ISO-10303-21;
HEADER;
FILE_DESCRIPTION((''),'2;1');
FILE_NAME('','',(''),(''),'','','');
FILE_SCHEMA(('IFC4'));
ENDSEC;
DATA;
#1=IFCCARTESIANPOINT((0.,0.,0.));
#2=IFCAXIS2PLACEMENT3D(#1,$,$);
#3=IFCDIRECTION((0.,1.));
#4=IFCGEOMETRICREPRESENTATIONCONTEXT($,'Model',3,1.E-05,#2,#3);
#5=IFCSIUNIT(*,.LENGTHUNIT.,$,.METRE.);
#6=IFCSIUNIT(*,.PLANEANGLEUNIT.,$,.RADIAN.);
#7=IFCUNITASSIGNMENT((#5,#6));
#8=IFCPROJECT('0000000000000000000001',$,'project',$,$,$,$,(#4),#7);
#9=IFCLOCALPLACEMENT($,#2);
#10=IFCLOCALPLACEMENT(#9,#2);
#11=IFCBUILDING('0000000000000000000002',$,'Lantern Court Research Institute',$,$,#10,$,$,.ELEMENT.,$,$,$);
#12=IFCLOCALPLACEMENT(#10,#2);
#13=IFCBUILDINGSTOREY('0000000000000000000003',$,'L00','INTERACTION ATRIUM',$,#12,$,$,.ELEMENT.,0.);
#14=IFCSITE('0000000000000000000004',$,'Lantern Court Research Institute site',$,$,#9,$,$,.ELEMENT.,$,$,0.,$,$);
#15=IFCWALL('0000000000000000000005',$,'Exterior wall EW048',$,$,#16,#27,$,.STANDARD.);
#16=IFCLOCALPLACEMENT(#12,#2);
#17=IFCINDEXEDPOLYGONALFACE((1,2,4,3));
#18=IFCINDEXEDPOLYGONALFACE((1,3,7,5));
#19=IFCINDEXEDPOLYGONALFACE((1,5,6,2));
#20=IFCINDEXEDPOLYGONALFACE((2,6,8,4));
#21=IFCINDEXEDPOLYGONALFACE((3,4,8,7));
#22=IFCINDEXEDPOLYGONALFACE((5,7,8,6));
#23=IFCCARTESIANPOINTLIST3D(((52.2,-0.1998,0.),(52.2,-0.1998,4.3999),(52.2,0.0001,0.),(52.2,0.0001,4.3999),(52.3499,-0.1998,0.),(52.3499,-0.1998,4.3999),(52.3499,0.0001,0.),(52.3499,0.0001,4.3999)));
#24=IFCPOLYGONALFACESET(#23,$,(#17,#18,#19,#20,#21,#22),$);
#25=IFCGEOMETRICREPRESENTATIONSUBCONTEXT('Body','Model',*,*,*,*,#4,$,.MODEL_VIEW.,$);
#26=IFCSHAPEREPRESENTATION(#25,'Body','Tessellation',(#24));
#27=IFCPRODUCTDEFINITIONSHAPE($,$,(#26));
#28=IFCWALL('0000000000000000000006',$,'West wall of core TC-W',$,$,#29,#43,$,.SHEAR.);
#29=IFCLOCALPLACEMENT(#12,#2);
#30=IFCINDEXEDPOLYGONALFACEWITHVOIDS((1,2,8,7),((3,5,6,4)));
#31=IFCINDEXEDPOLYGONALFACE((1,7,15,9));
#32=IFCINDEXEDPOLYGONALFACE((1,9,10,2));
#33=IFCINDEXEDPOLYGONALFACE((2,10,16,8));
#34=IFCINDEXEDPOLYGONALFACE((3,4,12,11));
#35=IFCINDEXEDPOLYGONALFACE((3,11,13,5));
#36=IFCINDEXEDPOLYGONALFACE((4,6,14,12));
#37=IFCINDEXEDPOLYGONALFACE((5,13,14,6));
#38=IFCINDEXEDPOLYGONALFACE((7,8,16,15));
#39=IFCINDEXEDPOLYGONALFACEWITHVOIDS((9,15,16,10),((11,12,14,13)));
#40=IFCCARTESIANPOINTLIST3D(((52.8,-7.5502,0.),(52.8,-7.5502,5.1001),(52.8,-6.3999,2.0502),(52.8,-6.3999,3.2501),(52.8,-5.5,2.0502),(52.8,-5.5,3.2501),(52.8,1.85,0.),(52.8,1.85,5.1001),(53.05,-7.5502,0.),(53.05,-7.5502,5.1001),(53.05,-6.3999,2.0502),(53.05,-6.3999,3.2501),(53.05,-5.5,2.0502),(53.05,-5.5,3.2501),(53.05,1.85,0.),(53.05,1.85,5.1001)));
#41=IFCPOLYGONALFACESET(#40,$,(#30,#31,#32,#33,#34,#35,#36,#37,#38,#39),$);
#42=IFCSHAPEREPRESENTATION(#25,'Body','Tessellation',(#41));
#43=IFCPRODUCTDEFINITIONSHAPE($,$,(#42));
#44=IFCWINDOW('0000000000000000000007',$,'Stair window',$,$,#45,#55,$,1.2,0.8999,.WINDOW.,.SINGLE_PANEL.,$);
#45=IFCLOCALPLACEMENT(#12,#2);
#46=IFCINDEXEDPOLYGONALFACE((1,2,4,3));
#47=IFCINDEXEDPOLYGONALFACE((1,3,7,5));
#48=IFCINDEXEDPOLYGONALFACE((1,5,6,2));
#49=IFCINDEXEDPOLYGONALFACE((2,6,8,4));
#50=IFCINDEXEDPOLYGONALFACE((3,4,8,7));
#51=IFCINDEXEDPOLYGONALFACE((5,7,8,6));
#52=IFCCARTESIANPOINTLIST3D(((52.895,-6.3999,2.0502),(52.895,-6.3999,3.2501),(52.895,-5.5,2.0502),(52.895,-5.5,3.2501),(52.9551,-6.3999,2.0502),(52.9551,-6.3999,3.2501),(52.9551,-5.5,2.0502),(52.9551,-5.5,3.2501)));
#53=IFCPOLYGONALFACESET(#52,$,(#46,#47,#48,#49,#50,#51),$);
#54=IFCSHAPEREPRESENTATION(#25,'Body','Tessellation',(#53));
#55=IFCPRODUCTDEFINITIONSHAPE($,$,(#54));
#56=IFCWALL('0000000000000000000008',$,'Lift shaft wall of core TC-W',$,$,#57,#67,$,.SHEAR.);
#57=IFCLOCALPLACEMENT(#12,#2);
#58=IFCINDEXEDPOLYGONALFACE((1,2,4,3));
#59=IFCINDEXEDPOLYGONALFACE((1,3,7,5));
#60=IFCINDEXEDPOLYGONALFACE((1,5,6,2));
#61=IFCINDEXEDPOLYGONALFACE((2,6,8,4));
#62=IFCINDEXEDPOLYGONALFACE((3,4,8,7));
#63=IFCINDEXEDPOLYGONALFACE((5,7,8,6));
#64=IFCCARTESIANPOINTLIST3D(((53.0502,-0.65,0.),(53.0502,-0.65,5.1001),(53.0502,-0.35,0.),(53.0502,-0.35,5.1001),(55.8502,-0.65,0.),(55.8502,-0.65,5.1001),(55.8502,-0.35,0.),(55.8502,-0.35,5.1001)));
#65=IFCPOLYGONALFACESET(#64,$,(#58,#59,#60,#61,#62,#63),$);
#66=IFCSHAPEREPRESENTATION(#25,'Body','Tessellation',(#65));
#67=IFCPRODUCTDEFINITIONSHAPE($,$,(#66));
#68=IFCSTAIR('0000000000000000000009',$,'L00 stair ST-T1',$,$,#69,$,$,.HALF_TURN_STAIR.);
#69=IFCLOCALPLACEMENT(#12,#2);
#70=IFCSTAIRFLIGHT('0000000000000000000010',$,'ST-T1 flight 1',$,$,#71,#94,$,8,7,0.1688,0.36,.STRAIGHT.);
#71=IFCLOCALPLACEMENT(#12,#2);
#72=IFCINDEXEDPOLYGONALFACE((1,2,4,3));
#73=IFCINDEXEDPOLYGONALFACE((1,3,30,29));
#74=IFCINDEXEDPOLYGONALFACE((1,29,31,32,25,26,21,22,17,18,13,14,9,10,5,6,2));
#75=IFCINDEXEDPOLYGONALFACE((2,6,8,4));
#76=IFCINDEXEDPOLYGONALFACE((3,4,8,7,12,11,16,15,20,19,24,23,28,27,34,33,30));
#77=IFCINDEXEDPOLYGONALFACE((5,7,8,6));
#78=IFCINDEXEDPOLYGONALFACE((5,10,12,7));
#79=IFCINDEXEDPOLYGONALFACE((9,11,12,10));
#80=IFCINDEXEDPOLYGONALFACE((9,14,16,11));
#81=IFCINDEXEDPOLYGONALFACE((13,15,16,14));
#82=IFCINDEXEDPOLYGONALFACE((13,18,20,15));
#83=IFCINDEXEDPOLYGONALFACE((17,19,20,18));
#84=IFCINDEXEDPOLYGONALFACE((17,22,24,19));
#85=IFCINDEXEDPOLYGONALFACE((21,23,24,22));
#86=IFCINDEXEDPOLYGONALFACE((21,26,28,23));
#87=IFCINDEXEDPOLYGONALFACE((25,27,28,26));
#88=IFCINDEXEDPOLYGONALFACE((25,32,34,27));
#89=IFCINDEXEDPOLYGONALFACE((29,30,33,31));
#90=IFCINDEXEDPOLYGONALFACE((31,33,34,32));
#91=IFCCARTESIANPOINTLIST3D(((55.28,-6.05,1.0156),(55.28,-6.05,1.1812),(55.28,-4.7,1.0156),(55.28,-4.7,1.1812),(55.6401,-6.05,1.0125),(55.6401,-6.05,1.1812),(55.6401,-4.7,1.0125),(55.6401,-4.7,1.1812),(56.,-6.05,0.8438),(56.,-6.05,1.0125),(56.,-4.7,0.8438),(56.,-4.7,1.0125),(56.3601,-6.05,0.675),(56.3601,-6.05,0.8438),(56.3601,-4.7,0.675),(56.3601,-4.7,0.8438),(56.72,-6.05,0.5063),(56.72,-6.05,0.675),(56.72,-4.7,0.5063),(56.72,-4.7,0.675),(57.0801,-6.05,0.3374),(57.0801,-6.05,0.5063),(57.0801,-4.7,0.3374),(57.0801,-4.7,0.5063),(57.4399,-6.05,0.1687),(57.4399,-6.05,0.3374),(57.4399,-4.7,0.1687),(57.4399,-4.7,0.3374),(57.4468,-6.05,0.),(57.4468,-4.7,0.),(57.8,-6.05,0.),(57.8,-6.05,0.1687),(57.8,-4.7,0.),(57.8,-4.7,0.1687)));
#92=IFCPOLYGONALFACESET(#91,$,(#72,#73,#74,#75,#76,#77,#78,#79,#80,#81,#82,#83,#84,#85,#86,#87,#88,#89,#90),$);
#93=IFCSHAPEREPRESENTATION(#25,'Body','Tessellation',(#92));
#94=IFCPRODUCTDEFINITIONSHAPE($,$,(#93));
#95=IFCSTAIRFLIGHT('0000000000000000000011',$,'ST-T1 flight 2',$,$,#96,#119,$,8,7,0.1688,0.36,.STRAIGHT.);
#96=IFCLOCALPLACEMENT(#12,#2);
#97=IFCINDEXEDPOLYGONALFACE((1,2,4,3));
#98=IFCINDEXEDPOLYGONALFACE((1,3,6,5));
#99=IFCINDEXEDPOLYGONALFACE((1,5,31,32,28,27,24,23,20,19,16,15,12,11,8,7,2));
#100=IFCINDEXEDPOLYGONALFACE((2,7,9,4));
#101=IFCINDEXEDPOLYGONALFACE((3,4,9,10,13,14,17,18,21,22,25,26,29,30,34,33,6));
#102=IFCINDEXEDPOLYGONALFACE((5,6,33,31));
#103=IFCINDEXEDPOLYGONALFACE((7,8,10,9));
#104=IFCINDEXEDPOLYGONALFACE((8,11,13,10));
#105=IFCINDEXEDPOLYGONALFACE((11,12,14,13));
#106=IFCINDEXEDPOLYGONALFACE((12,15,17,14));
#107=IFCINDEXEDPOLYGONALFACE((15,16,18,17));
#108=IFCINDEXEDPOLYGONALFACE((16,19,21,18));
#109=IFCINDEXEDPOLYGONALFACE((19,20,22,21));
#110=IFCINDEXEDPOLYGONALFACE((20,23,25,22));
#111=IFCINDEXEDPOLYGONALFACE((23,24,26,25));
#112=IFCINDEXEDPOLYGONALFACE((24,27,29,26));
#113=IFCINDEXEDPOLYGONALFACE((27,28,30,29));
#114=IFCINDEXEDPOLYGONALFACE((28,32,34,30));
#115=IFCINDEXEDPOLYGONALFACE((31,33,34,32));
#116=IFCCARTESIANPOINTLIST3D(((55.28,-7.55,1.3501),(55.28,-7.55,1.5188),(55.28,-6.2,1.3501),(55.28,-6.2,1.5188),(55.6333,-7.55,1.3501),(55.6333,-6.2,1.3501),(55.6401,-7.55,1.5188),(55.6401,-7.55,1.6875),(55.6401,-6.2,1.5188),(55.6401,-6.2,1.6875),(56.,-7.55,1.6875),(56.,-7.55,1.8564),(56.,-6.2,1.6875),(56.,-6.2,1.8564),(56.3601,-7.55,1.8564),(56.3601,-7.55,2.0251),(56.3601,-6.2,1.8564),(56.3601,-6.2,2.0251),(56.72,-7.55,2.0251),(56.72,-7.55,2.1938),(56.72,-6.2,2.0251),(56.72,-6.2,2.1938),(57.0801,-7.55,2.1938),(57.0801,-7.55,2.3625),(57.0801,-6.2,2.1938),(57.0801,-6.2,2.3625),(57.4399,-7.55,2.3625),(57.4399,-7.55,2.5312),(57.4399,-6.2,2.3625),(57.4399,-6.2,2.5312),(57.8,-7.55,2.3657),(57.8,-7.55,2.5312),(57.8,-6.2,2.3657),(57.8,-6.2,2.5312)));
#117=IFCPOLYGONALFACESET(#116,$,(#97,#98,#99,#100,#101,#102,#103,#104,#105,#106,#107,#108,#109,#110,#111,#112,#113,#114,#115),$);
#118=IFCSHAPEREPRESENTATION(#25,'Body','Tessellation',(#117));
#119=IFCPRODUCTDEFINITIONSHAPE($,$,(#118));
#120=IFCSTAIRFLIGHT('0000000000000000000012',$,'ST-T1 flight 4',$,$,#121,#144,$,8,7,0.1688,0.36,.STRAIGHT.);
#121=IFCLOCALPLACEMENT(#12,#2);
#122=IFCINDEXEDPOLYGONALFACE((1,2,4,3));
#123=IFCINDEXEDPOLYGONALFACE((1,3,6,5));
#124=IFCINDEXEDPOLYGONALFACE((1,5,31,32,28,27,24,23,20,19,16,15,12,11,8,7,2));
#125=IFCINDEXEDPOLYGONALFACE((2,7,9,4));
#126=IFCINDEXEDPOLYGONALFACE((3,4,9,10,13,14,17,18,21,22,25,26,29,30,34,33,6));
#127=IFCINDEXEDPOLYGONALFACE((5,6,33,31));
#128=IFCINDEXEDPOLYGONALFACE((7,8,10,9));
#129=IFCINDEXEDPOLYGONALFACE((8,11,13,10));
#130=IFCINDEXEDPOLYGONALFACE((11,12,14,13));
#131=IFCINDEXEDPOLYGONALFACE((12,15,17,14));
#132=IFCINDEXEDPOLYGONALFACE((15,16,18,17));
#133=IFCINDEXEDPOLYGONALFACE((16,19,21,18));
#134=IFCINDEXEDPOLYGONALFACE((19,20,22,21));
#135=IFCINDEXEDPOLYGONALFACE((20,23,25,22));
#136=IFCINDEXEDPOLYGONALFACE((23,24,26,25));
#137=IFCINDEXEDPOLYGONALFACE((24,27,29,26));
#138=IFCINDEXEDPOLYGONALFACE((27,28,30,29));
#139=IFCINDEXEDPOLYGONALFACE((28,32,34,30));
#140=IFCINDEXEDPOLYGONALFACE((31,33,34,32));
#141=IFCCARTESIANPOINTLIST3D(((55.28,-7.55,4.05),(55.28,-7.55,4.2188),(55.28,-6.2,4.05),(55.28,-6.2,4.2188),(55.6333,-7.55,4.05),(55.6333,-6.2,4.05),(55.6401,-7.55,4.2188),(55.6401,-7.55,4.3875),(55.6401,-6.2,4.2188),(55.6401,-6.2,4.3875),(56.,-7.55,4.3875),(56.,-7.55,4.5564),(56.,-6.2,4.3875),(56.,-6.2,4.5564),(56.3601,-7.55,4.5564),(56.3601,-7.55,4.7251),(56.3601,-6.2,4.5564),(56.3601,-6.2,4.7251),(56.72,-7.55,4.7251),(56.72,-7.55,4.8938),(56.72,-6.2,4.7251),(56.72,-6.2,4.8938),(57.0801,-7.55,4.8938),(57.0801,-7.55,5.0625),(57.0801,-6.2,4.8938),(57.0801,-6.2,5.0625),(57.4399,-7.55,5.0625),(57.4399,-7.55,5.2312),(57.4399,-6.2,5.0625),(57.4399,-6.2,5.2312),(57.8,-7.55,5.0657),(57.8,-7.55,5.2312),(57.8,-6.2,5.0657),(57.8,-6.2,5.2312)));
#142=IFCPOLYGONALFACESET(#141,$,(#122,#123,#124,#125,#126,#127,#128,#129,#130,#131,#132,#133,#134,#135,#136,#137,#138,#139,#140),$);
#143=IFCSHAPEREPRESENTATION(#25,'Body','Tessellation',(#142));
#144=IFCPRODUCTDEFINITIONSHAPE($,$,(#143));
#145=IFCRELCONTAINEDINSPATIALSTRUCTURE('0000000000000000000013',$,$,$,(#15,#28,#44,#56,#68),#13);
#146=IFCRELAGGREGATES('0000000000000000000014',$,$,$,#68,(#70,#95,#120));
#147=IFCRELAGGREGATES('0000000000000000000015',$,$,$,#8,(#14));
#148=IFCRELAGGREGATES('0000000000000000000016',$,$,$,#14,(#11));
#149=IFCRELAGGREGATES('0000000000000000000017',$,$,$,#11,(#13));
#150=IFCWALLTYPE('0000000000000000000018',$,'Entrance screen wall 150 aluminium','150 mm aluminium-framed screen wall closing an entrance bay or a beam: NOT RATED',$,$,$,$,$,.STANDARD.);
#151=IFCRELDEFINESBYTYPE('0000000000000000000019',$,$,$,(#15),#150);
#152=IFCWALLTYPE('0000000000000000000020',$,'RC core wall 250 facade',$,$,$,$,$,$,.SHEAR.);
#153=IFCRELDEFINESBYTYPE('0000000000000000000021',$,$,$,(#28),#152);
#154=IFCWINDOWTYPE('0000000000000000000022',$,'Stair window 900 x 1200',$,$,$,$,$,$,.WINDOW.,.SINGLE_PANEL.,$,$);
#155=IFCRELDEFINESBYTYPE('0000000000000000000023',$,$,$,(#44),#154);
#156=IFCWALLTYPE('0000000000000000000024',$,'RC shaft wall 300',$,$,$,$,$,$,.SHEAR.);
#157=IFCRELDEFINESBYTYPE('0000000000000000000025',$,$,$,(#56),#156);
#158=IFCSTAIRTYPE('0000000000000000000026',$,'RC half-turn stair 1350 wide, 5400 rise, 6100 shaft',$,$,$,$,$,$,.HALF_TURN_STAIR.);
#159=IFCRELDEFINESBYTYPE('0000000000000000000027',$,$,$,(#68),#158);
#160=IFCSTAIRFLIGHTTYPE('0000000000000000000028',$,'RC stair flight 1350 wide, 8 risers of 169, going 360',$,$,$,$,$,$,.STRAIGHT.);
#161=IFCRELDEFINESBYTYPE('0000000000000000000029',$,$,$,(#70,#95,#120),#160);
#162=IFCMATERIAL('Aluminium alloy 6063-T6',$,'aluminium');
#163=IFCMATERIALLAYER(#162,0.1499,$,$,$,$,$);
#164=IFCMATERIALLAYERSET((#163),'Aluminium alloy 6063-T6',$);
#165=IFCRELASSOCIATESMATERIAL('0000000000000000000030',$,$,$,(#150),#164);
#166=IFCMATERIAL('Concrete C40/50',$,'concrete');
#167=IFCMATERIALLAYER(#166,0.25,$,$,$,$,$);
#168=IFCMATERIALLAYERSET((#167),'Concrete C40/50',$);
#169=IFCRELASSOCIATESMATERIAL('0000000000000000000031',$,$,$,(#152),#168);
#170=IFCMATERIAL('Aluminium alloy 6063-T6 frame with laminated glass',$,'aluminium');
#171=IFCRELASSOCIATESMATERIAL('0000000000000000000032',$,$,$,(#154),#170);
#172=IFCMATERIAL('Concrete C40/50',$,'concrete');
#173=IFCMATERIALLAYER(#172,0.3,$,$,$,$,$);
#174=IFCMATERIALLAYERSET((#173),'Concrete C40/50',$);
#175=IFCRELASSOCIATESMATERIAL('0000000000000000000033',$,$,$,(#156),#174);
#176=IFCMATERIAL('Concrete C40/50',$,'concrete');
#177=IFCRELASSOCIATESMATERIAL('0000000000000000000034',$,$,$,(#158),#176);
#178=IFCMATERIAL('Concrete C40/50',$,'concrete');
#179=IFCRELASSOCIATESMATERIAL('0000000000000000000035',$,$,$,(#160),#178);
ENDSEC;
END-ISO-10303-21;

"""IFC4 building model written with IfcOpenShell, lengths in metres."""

from ifc_helpers import new_model, si_unit, direction, frame, frame_2d, origin, place, context, subcontext, project, spatial, polyline, rectangle, outline, extrude, material, layer, layer_set, type_object, element, fill, aggregate, save


model = new_model("IFC4")

# Units and contexts
model_context = context("Model", 3, precision=1e-05, world=origin(), true_north=direction((0.0, 1.0)))
body_context = subcontext(model_context, "Body", "Model", "MODEL_VIEW")
ifc_project = project(units=[si_unit("LENGTHUNIT", "METRE"), si_unit("PLANEANGLEUNIT", "RADIAN")], contexts=[model_context])

# Site, building, storey
site_placement = place(None, origin())
site = spatial("IfcSite", under=ifc_project, at=site_placement, Name="Lantern Court Research Institute site", CompositionType="ELEMENT", RefElevation=0.0)
building_placement = place(site_placement, origin())
building = spatial("IfcBuilding", under=site, at=building_placement, Name="Lantern Court Research Institute", CompositionType="ELEMENT")
storey_placement = place(building_placement, origin())
storey = spatial("IfcBuildingStorey", under=building, at=storey_placement, Name="L00", Description="INTERACTION ATRIUM", CompositionType="ELEMENT", Elevation=0.0)

# Wall
ifc_material_1 = material(Name="Aluminium alloy 6063-T6", Category="aluminium")
ifc_layer_1 = layer(ifc_material_1, 0.1499)
ifc_layer_set_1 = layer_set([ifc_layer_1], Name="Aluminium alloy 6063-T6")
wall_type_1 = type_object("IfcWallType", Name="Entrance screen wall 150 aluminium", Description="150 mm aluminium-framed screen wall closing an entrance bay or a beam: NOT RATED", PredefinedType="STANDARD", material=ifc_layer_set_1)
wall_1_placement = place(storey_placement, frame((52.2749, -0.2, 0.0), z_axis=(0.0, 0.0, 1.0), x_axis=(0.0, 1.0, 0.0)))
element("IfcWall", 1, at=wall_1_placement, inside=storey, type_object=wall_type_1, Name="Exterior wall EW048", PredefinedType="STANDARD", context=body_context, shape_type="SweptSolid", body=[
    extrude(rectangle(XDim=0.2, YDim=0.1499, at=frame_2d((0.1001, 0.0))), origin(), (0.0, 0.0, 1.0), 4.3999),
])

# Wall, opening, window
ifc_material_2 = material(Name="Concrete C40/50", Category="concrete")
ifc_layer_2 = layer(ifc_material_2, 0.25)
ifc_layer_set_2 = layer_set([ifc_layer_2], Name="Concrete C40/50")
wall_type_2 = type_object("IfcWallType", Name="RC core wall 250 facade", PredefinedType="SHEAR", material=ifc_layer_set_2)
wall_2_placement = place(storey_placement, frame((52.925, 1.8501, 0.0), z_axis=(0.0, 0.0, 1.0), x_axis=(0.0, -1.0, 0.0)))
wall_2 = element("IfcWall", 2, at=wall_2_placement, inside=storey, type_object=wall_type_2, Name="West wall of core TC-W", PredefinedType="SHEAR", context=body_context, shape_type="SweptSolid", body=[
    extrude(rectangle(XDim=9.4001, YDim=0.25, at=frame_2d((4.7002, 0.0))), origin(), (0.0, 0.0, 1.0), 5.1001),
])
opening_1_placement = place(wall_2_placement, frame((7.3501, 0.0, 2.05)))
opening_1 = element("IfcOpeningElement", 3, at=opening_1_placement, cuts=wall_2, PredefinedType="OPENING", context=body_context, shape_type="SweptSolid", body=[
    extrude(rectangle(XDim=0.8999, YDim=1.2, at=frame_2d((0.45, 0.6001))), frame((0.0, 0.135, 0.0), z_axis=(0.0, -1.0, 0.0), x_axis=(1.0, 0.0, 0.0)), (0.0, 0.0, 1.0), 0.27),
])
ifc_material_3 = material(Name="Aluminium alloy 6063-T6 frame with laminated glass", Category="aluminium")
window_type = type_object("IfcWindowType", Name="Stair window 900 x 1200", PartitioningType="SINGLE_PANEL", PredefinedType="WINDOW", material=ifc_material_3)
window_placement = place(opening_1_placement, origin())
window = element("IfcWindow", 4, at=window_placement, inside=storey, type_object=window_type, Name="Stair window", OverallHeight=1.2, OverallWidth=0.8999, PartitioningType="SINGLE_PANEL", PredefinedType="WINDOW", context=body_context, shape_type="SweptSolid", body=[
    extrude(rectangle(XDim=0.8999, YDim=1.2, at=frame_2d((0.45, 0.6001))), frame((0.0, 0.03, 0.0), z_axis=(0.0, -1.0, 0.0), x_axis=(1.0, 0.0, 0.0)), (0.0, 0.0, 1.0), 0.0601),
])
fill(opening_1, window)

# Shared definitions
ifc_material_4 = material(Name="Concrete C40/50", Category="concrete")
ifc_layer_3 = layer(ifc_material_4, 0.3)
ifc_layer_set_3 = layer_set([ifc_layer_3], Name="Concrete C40/50")
wall_type_3 = type_object("IfcWallType", Name="RC shaft wall 300", PredefinedType="SHEAR", material=ifc_layer_set_3)

# Wall
wall_3_placement = place(storey_placement, frame((55.8501, -0.5, 0.0), z_axis=(0.0, 0.0, 1.0), x_axis=(-1.0, 0.0, 0.0)))
element("IfcWall", 5, at=wall_3_placement, inside=storey, type_object=wall_type_3, Name="Lift shaft wall of core TC-W", PredefinedType="SHEAR", context=body_context, shape_type="SweptSolid", body=[
    extrude(rectangle(XDim=2.8, YDim=0.3, at=frame_2d((1.3999, 0.0))), origin(), (0.0, 0.0, 1.0), 5.1001),
])

# Stair, stair flights
ifc_material_5 = material(Name="Concrete C40/50", Category="concrete")
stair_type = type_object("IfcStairType", Name="RC half-turn stair 1350 wide, 5400 rise, 6100 shaft", PredefinedType="HALF_TURN_STAIR", material=ifc_material_5)
stair_placement = place(storey_placement, origin())
stair = element("IfcStair", 6, at=stair_placement, inside=storey, type_object=stair_type, Name="L00 stair ST-T1", PredefinedType="HALF_TURN_STAIR")
ifc_material_6 = material(Name="Concrete C40/50", Category="concrete")
stair_flight_type = type_object("IfcStairFlightType", Name="RC stair flight 1350 wide, 8 risers of 169, going 360", PredefinedType="STRAIGHT", material=ifc_material_6)
stair_flight_1_placement = place(storey_placement, frame((57.8, -5.375, 0.0), z_axis=(0.0, 0.0, 1.0), x_axis=(-1.0, 0.0, 0.0)))
stair_flight_1 = element("IfcStairFlight", 7, at=stair_flight_1_placement, type_object=stair_flight_type, Name="ST-T1 flight 1", NumberOfRisers=8, NumberOfTreads=7, PredefinedType="STRAIGHT", RiserHeight=0.1688, TreadLength=0.36, context=body_context, shape_type="SweptSolid", body=[
    extrude(outline(polyline([(0.0, 0.0), (0.0, 0.1687), (0.3601, 0.1687), (0.3601, 0.3374), (0.72, 0.3374), (0.72, 0.5063), (1.0801, 0.5063), (1.0801, 0.675), (1.4399, 0.675), (1.4399, 0.8438), (1.8, 0.8438), (1.8, 1.0125), (2.1599, 1.0125), (2.1599, 1.1812), (2.52, 1.1812), (2.52, 1.3501), (2.52, 1.0156), (0.3533, 0.0), (0.0, 0.0)])), frame((0.0, 0.675, 0.0), z_axis=(0.0, -1.0, 0.0), x_axis=(1.0, 0.0, 0.0)), (0.0, 0.0, 1.0), 1.3501),
])
stair_flight_2_placement = place(storey_placement, frame((55.28, -6.875, 1.3501), z_axis=(0.0, 0.0, 1.0), x_axis=(1.0, 0.0, 0.0)))
stair_flight_2 = element("IfcStairFlight", 8, at=stair_flight_2_placement, type_object=stair_flight_type, Name="ST-T1 flight 2", NumberOfRisers=8, NumberOfTreads=7, PredefinedType="STRAIGHT", RiserHeight=0.1688, TreadLength=0.36, context=body_context, shape_type="SweptSolid", body=[
    extrude(outline(polyline([(0.0, 0.0), (0.0, 0.1687), (0.3601, 0.1687), (0.3601, 0.3374), (0.72, 0.3374), (0.72, 0.5063), (1.0801, 0.5063), (1.0801, 0.675), (1.4399, 0.675), (1.4399, 0.8438), (1.8, 0.8438), (1.8, 1.0125), (2.1599, 1.0125), (2.1599, 1.1812), (2.52, 1.1812), (2.52, 1.3501), (2.52, 1.0156), (0.3533, 0.0), (0.0, 0.0)])), frame((0.0, 0.675, 0.0), z_axis=(0.0, -1.0, 0.0), x_axis=(1.0, 0.0, 0.0)), (0.0, 0.0, 1.0), 1.3501),
])
stair_flight_3_placement = place(storey_placement, frame((55.28, -6.875, 4.05), z_axis=(0.0, 0.0, 1.0), x_axis=(1.0, 0.0, 0.0)))
stair_flight_3 = element("IfcStairFlight", 9, at=stair_flight_3_placement, type_object=stair_flight_type, Name="ST-T1 flight 4", NumberOfRisers=8, NumberOfTreads=7, PredefinedType="STRAIGHT", RiserHeight=0.1688, TreadLength=0.36, context=body_context, shape_type="SweptSolid", body=[
    extrude(outline(polyline([(0.0, 0.0), (0.0, 0.1687), (0.3601, 0.1687), (0.3601, 0.3374), (0.72, 0.3374), (0.72, 0.5063), (1.0801, 0.5063), (1.0801, 0.675), (1.4399, 0.675), (1.4399, 0.8438), (1.8, 0.8438), (1.8, 1.0125), (2.1599, 1.0125), (2.1599, 1.1812), (2.52, 1.1812), (2.52, 1.3501), (2.52, 1.0156), (0.3533, 0.0), (0.0, 0.0)])), frame((0.0, 0.675, 0.0), z_axis=(0.0, -1.0, 0.0), x_axis=(1.0, 0.0, 0.0)), (0.0, 0.0, 1.0), 1.3501),
])
aggregate(stair, [stair_flight_1, stair_flight_2, stair_flight_3])

save(model, "model.ifc")
